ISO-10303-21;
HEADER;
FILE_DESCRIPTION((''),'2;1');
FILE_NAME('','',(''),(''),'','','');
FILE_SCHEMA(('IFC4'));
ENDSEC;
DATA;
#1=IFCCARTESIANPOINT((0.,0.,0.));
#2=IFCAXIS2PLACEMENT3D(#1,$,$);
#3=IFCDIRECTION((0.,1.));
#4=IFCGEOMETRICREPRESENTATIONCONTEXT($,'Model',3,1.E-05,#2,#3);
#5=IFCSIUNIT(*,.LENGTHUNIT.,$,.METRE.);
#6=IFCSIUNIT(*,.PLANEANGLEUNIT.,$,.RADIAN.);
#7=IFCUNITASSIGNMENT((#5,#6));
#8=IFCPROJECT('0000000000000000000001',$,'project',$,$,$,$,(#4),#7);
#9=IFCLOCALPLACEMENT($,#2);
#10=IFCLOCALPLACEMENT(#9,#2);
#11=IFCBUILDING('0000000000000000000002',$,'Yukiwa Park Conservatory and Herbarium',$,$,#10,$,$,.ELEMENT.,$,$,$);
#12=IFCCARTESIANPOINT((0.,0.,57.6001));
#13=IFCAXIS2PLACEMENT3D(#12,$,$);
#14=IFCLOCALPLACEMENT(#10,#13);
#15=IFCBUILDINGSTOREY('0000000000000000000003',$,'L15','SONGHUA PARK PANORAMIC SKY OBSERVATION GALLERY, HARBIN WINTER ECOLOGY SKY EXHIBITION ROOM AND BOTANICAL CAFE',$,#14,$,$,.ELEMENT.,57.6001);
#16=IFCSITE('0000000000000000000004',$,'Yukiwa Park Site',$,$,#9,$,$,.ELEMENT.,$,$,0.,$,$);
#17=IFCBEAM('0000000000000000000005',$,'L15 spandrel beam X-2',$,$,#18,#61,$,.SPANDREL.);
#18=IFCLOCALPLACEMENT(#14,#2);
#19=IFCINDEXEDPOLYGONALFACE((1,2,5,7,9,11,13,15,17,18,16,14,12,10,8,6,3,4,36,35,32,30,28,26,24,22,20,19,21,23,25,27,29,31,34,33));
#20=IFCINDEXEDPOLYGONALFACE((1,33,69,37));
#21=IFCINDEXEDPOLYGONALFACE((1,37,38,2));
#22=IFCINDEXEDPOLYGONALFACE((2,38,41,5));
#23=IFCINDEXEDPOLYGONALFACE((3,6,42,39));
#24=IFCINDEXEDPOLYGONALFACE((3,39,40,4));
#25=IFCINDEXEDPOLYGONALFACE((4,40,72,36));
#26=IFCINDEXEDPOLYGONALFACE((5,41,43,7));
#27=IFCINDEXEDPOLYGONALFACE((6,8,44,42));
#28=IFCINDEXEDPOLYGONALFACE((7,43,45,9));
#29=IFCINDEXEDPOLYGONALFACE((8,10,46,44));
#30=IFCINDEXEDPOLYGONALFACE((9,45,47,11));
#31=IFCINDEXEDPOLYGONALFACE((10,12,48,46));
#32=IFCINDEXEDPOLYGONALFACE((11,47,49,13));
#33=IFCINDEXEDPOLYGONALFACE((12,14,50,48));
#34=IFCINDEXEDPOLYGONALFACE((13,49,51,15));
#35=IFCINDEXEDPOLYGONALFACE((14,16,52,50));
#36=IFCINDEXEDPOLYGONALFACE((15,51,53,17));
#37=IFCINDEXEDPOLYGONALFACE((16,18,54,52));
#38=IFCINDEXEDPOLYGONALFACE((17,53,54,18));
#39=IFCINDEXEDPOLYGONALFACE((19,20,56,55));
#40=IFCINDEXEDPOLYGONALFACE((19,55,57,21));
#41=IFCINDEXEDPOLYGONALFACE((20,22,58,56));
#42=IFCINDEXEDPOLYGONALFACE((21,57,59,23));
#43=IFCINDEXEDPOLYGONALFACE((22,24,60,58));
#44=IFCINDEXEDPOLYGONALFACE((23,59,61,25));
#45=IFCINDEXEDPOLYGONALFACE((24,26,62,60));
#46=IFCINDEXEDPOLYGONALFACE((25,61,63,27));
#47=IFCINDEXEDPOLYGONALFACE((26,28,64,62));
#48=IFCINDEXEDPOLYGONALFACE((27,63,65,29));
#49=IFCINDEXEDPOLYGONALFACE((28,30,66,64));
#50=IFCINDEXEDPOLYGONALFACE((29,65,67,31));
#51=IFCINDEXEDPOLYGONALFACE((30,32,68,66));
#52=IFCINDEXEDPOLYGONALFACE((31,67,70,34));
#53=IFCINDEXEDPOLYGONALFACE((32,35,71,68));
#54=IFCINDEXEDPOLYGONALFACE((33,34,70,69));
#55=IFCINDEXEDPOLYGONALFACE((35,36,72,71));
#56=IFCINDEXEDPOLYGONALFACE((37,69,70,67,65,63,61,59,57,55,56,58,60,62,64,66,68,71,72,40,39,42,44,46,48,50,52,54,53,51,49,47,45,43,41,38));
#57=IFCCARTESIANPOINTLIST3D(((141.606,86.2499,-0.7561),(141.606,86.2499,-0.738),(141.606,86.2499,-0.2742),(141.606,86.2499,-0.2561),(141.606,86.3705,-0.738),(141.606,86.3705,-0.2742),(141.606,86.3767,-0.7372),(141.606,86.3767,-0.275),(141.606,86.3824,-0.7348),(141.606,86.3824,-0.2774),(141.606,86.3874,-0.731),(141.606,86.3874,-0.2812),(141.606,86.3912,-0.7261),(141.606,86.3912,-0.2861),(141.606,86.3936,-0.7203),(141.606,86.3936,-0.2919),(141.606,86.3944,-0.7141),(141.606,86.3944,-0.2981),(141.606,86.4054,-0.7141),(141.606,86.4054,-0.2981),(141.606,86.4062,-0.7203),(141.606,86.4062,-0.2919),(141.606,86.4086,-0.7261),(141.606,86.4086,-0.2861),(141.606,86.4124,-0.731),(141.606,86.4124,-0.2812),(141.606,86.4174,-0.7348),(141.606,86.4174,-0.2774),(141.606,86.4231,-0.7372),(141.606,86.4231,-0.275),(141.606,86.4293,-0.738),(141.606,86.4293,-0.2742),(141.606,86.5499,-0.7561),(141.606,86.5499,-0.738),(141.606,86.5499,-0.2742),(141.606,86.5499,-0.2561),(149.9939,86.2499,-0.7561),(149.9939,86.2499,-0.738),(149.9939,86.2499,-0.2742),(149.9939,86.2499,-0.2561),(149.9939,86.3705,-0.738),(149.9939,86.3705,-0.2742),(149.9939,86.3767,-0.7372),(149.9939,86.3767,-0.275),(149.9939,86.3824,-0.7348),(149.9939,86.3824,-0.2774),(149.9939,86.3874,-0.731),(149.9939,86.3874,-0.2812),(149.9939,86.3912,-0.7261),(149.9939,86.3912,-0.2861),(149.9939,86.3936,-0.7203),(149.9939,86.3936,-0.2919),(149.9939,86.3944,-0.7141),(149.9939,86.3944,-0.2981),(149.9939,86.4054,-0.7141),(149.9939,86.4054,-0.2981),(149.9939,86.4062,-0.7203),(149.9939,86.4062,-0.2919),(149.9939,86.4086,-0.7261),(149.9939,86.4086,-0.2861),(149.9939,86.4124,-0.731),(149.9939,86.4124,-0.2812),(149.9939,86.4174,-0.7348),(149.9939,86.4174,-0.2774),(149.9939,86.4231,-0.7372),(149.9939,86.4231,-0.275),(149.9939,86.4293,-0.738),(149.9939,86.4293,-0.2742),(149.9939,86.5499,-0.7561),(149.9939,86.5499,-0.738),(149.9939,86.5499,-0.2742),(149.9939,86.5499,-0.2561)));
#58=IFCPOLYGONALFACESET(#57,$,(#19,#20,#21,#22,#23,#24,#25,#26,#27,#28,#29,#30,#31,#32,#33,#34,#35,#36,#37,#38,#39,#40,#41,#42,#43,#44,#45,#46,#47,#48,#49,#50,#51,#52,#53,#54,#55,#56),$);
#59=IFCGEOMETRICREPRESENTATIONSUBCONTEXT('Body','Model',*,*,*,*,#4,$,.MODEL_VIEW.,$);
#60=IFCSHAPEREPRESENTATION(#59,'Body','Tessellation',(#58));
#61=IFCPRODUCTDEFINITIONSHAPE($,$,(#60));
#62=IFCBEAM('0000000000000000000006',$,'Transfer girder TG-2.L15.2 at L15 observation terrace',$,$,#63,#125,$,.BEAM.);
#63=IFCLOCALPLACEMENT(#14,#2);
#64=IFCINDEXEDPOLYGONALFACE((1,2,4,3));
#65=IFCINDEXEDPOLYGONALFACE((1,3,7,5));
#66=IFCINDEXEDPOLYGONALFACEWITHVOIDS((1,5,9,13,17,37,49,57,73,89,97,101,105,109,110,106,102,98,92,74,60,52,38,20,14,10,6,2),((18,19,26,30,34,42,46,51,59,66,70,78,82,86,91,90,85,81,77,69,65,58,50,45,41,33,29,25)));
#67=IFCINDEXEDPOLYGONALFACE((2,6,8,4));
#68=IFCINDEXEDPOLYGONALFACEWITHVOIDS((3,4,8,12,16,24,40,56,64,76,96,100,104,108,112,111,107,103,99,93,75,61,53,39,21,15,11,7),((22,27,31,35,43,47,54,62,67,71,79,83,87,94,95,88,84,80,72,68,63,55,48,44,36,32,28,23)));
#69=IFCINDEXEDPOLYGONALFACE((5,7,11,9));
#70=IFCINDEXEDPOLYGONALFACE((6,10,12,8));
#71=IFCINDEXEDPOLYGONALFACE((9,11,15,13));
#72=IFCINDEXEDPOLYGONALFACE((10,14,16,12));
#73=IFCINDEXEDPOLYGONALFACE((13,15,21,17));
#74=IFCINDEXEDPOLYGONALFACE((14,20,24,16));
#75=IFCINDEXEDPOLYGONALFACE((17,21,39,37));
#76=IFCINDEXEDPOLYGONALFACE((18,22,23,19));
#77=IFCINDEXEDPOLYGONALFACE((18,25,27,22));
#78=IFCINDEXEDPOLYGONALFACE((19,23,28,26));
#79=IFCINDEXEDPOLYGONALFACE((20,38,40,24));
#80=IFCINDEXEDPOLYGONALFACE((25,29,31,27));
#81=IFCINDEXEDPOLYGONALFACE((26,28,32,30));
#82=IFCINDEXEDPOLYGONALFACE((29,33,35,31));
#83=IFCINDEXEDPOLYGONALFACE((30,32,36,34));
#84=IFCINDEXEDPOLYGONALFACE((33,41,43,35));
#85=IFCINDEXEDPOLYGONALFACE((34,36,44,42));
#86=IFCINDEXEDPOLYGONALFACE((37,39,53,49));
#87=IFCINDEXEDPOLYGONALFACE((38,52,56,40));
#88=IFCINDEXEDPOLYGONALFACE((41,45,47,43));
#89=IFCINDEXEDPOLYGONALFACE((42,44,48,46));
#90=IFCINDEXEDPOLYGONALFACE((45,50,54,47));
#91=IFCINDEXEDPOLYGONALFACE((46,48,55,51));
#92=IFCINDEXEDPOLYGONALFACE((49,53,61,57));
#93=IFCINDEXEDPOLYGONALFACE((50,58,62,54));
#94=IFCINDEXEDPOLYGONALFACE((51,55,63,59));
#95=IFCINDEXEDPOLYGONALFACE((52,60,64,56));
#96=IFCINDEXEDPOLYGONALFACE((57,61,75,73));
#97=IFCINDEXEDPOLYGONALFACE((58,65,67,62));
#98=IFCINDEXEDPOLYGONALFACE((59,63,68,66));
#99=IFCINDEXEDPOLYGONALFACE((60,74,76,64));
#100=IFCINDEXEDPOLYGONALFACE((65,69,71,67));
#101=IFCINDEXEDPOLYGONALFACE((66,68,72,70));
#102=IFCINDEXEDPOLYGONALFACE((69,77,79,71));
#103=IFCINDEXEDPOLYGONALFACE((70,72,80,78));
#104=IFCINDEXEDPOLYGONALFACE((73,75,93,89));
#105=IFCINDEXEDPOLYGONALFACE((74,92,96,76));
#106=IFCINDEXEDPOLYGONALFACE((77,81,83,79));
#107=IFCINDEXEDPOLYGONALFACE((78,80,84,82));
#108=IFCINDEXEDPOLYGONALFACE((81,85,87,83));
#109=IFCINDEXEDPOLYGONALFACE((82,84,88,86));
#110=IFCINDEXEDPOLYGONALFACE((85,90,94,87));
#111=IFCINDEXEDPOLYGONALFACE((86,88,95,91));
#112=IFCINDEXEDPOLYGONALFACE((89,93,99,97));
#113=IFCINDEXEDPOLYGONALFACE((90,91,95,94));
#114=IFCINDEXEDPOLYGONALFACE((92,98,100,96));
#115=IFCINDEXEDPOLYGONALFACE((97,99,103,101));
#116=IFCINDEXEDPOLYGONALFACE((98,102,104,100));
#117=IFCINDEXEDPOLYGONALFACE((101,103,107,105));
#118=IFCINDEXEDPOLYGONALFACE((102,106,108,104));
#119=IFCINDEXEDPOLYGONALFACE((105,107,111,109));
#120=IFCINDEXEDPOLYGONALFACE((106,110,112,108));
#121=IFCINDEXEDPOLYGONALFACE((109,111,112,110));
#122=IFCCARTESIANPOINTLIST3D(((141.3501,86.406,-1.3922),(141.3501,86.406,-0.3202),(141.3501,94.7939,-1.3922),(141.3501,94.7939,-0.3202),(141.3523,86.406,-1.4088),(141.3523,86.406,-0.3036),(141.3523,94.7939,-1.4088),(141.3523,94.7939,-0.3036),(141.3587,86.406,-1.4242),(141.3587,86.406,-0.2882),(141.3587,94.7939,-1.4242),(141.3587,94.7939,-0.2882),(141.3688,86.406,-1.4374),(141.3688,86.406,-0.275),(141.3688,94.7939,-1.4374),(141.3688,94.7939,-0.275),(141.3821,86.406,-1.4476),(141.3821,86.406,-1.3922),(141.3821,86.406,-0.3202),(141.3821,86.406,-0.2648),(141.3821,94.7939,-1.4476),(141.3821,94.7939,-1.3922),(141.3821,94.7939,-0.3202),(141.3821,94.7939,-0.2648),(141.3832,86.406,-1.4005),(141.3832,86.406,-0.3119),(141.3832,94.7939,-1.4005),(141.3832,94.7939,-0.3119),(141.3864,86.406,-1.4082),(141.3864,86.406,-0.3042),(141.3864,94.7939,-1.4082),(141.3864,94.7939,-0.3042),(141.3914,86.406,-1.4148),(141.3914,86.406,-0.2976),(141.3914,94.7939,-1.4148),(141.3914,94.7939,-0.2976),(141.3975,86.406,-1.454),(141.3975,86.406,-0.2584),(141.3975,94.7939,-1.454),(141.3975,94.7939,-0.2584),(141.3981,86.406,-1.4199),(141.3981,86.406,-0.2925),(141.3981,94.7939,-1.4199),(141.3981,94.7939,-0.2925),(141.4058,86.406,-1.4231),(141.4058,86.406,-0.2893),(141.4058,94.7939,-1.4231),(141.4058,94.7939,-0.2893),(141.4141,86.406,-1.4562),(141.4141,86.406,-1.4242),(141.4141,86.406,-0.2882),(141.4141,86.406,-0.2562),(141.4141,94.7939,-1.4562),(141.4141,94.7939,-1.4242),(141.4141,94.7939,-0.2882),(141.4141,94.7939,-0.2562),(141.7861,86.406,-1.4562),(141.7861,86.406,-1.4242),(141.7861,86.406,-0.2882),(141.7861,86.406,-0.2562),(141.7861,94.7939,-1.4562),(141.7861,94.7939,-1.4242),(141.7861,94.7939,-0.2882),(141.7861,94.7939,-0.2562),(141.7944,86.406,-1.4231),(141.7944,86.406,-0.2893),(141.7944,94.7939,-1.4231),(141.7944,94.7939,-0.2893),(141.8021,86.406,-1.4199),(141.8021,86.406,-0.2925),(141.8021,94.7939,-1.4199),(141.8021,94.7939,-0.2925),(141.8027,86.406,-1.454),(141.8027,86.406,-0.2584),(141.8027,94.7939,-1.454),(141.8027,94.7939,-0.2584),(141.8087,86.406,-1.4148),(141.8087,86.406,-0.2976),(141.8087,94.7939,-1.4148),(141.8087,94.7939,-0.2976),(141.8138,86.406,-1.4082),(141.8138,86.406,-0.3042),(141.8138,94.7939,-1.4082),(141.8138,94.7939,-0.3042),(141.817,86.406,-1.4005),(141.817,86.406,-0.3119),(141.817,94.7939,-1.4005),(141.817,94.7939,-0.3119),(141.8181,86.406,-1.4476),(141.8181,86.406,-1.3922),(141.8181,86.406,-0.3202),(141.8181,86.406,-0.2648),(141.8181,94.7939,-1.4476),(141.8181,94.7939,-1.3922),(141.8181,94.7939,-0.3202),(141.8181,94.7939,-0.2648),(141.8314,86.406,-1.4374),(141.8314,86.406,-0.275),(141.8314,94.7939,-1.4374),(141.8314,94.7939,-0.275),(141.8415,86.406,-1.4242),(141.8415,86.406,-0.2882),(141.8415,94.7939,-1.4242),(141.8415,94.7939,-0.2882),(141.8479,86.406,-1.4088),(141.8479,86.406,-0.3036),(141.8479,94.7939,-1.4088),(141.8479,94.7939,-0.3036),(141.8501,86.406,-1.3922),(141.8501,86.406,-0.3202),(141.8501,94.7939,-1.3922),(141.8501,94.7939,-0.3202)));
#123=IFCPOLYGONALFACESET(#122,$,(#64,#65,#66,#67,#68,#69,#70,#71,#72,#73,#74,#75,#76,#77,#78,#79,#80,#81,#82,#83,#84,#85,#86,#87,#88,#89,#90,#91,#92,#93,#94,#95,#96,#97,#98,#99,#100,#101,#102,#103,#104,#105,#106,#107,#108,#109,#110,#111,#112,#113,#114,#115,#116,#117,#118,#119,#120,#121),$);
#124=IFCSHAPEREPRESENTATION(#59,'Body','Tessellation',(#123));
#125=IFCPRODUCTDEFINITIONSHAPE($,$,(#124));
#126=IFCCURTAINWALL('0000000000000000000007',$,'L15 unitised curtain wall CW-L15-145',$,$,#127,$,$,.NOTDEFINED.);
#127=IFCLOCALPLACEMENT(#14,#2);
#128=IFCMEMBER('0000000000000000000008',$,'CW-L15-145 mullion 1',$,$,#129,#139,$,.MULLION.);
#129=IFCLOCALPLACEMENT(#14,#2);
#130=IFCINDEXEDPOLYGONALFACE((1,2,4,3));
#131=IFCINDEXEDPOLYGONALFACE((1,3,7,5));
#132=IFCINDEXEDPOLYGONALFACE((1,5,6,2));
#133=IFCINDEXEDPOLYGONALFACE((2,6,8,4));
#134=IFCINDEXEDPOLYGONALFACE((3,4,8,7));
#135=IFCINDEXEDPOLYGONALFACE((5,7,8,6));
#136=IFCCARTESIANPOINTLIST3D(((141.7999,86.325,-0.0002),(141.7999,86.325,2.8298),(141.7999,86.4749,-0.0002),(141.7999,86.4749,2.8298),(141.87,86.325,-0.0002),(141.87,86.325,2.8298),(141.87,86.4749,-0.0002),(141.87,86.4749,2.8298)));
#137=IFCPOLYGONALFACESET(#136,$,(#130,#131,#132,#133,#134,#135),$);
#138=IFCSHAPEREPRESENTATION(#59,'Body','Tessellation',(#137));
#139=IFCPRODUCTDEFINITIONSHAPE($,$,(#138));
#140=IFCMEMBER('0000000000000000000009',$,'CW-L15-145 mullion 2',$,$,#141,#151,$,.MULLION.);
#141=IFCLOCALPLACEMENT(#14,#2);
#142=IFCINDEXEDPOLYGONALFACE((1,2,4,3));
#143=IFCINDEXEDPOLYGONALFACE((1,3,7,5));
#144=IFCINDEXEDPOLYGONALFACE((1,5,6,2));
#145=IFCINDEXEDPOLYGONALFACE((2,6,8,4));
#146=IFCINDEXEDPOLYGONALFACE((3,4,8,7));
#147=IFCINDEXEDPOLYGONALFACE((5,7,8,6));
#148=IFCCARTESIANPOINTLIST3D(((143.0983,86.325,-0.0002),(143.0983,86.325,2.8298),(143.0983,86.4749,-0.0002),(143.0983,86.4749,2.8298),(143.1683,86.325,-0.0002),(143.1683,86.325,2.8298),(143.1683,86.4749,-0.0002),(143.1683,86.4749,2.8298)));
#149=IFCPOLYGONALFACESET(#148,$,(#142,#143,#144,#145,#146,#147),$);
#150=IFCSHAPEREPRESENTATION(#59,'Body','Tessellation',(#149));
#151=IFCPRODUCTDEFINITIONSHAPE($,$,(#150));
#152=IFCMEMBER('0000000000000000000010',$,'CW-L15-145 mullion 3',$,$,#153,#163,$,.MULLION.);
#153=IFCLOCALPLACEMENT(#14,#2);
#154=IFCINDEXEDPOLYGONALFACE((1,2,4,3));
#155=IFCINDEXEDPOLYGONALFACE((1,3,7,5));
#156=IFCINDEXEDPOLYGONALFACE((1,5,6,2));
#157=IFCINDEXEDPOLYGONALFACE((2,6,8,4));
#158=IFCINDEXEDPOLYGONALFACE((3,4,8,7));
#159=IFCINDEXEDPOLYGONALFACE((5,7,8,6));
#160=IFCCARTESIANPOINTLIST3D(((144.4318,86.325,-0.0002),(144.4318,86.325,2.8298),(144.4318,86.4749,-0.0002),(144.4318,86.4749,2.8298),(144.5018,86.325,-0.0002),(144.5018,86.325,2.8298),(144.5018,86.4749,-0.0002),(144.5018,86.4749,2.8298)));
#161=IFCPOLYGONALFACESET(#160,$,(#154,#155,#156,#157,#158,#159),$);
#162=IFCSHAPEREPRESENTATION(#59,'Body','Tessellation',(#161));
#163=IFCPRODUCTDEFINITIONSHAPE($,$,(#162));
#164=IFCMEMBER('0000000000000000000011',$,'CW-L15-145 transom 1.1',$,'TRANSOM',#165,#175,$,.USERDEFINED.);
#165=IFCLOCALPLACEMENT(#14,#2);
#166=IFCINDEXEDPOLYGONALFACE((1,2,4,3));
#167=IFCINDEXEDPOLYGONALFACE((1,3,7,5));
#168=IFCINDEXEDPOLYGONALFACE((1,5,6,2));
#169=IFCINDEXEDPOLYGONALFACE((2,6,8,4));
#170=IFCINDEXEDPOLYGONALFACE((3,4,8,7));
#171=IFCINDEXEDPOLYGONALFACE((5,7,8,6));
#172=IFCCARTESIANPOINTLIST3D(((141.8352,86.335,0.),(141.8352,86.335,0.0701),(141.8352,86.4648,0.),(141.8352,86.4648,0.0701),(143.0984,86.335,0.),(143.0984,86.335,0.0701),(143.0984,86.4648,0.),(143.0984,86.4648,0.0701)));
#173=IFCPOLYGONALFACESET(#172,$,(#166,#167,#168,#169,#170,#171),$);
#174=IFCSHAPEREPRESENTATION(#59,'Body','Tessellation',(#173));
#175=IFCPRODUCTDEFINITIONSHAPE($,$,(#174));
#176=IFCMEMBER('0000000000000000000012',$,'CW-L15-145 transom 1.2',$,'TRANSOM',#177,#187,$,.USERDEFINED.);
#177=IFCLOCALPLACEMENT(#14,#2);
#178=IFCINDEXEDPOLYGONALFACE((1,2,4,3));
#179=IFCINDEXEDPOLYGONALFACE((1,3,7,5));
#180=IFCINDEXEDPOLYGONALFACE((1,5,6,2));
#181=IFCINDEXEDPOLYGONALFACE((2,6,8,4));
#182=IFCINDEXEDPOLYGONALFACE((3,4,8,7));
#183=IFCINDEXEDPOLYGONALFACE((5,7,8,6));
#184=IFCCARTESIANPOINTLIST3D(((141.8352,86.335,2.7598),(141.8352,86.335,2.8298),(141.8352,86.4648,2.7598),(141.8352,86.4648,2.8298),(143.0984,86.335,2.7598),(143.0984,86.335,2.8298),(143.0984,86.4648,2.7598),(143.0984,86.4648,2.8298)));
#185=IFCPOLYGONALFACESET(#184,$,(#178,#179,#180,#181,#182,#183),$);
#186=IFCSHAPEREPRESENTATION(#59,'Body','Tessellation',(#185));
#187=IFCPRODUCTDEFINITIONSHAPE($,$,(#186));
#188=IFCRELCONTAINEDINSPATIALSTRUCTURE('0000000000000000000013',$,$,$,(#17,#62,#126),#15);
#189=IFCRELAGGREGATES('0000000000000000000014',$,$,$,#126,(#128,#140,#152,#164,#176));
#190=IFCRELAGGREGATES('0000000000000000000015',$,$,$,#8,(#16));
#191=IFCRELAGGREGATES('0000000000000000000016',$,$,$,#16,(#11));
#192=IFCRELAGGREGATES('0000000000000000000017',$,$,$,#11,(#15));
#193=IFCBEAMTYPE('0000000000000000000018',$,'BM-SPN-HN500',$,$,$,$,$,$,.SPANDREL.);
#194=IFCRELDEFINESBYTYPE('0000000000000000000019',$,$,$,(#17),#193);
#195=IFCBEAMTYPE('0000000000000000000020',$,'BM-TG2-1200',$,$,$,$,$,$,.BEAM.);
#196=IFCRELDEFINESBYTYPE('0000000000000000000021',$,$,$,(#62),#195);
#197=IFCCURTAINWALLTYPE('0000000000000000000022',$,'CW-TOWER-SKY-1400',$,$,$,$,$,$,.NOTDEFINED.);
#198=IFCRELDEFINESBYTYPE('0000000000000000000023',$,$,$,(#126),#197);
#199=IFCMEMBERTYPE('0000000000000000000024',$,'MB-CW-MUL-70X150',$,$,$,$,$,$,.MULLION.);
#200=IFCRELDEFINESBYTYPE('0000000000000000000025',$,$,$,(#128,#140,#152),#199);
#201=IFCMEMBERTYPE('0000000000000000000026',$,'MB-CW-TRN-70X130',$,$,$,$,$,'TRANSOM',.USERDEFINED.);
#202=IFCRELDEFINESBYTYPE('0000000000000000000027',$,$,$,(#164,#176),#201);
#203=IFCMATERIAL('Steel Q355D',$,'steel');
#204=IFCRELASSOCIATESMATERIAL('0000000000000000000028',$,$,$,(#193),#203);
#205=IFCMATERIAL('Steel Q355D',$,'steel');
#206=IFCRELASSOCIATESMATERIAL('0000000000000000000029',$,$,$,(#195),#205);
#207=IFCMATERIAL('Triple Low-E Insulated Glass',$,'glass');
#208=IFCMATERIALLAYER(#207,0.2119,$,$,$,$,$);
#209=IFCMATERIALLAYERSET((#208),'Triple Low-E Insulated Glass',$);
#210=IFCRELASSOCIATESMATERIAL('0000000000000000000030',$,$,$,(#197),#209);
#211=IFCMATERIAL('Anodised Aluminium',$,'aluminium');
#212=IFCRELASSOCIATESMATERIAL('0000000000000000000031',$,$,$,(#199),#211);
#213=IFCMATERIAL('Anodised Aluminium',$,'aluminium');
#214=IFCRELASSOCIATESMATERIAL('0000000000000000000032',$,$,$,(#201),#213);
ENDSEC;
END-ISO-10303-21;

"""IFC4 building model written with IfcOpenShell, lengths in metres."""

from ifc_helpers import new_model, si_unit, direction, frame, origin, origin_2d, place, context, subcontext, project, spatial, rectangle, hollow_rectangle, i_section, extrude, material, layer, layer_set, material_profile, profile_set, type_object, element, aggregate, save


model = new_model("IFC4")

# Units and contexts
model_context = context("Model", 3, precision=1e-05, world=origin(), true_north=direction((0.0, 1.0)))
body_context = subcontext(model_context, "Body", "Model", "MODEL_VIEW")
ifc_project = project(units=[si_unit("LENGTHUNIT", "METRE"), si_unit("PLANEANGLEUNIT", "RADIAN")], contexts=[model_context])

# Site, building, storey
site_placement = place(None, origin())
site = spatial("IfcSite", under=ifc_project, at=site_placement, Name="Yukiwa Park Site", CompositionType="ELEMENT", RefElevation=0.0)
building_placement = place(site_placement, origin())
building = spatial("IfcBuilding", under=site, at=building_placement, Name="Yukiwa Park Conservatory and Herbarium", CompositionType="ELEMENT")
storey_placement = place(building_placement, frame((0.0, 0.0, 57.6001)))
storey = spatial("IfcBuildingStorey", under=building, at=storey_placement, Name="L15", Description="SONGHUA PARK PANORAMIC SKY OBSERVATION GALLERY, HARBIN WINTER ECOLOGY SKY EXHIBITION ROOM AND BOTANICAL CAFE", CompositionType="ELEMENT", Elevation=57.6001)

# Beams
ifc_material_1 = material(Name="Steel Q355D", Category="steel")
ifc_material_profile_1 = material_profile(ifc_material_1, i_section(OverallWidth=0.3, OverallDepth=0.5, WebThickness=0.011, FlangeThickness=0.0181, FilletRadius=0.0239, at=origin_2d()), Name="HM 500x300x11x18")
ifc_profile_set_1 = profile_set([ifc_material_profile_1], Name="Steel Q355D")
beam_type_1 = type_object("IfcBeamType", Name="BM-SPN-HN500", PredefinedType="SPANDREL", material=ifc_profile_set_1)
beam_1_placement = place(storey_placement, frame((141.606, 86.3999, -0.5061), z_axis=(1.0, 0.0, 0.0), x_axis=(0.0, 1.0, 0.0)))
element("IfcBeam", 1, at=beam_1_placement, inside=storey, type_object=beam_type_1, Name="L15 spandrel beam X-2", PredefinedType="SPANDREL", context=body_context, shape_type="SweptSolid", body=[
    extrude(i_section(OverallWidth=0.3, OverallDepth=0.5, WebThickness=0.011, FlangeThickness=0.0181, FilletRadius=0.0239, at=origin_2d()), origin(), (0.0, 0.0, 1.0), 8.3879),
])
ifc_material_2 = material(Name="Steel Q355D", Category="steel")
ifc_material_profile_2 = material_profile(ifc_material_2, hollow_rectangle(XDim=0.5, YDim=1.2, WallThickness=0.032, InnerFilletRadius=0.032, OuterFilletRadius=0.064, at=origin_2d()), Name="BOX 1200x500x32")
ifc_profile_set_2 = profile_set([ifc_material_profile_2], Name="Steel Q355D")
beam_type_2 = type_object("IfcBeamType", Name="BM-TG2-1200", PredefinedType="BEAM", material=ifc_profile_set_2)
beam_2_placement = place(storey_placement, frame((141.6001, 86.406, -0.8562), z_axis=(0.0, 1.0, 0.0), x_axis=(-1.0, 0.0, 0.0)))
element("IfcBeam", 2, at=beam_2_placement, inside=storey, type_object=beam_type_2, Name="Transfer girder TG-2.L15.2 at L15 observation terrace", PredefinedType="BEAM", context=body_context, shape_type="SweptSolid", body=[
    extrude(hollow_rectangle(XDim=0.5, YDim=1.2, WallThickness=0.032, InnerFilletRadius=0.032, OuterFilletRadius=0.064, at=origin_2d()), origin(), (0.0, 0.0, 1.0), 8.3879),
])

# Curtain wall, members
ifc_material_3 = material(Name="Triple Low-E Insulated Glass", Category="glass")
ifc_layer_1 = layer(ifc_material_3, 0.2119)
ifc_layer_set_1 = layer_set([ifc_layer_1], Name="Triple Low-E Insulated Glass")
curtain_wall_type = type_object("IfcCurtainWallType", Name="CW-TOWER-SKY-1400", PredefinedType="NOTDEFINED", material=ifc_layer_set_1)
curtain_wall_placement = place(storey_placement, origin())
curtain_wall = element("IfcCurtainWall", 3, at=curtain_wall_placement, inside=storey, type_object=curtain_wall_type, Name="L15 unitised curtain wall CW-L15-145", PredefinedType="NOTDEFINED")
ifc_material_4 = material(Name="Anodised Aluminium", Category="aluminium")
member_type_1 = type_object("IfcMemberType", Name="MB-CW-MUL-70X150", PredefinedType="MULLION", material=ifc_material_4)
member_1_placement = place(storey_placement, frame((141.835, 86.3999, -0.0002), z_axis=(0.0, 0.0, 1.0), x_axis=(1.0, 0.0, 0.0)))
member_1 = element("IfcMember", 4, at=member_1_placement, type_object=member_type_1, Name="CW-L15-145 mullion 1", PredefinedType="MULLION", context=body_context, shape_type="SweptSolid", body=[
    extrude(rectangle(XDim=0.0701, YDim=0.1499, at=origin_2d()), origin(), (0.0, 0.0, 1.0), 2.8301),
])
member_2_placement = place(storey_placement, frame((143.1333, 86.3999, -0.0002), z_axis=(0.0, 0.0, 1.0), x_axis=(1.0, 0.0, 0.0)))
member_2 = element("IfcMember", 5, at=member_2_placement, type_object=member_type_1, Name="CW-L15-145 mullion 2", PredefinedType="MULLION", context=body_context, shape_type="SweptSolid", body=[
    extrude(rectangle(XDim=0.0701, YDim=0.1499, at=origin_2d()), origin(), (0.0, 0.0, 1.0), 2.8301),
])
member_3_placement = place(storey_placement, frame((144.4668, 86.3999, -0.0002), z_axis=(0.0, 0.0, 1.0), x_axis=(1.0, 0.0, 0.0)))
member_3 = element("IfcMember", 6, at=member_3_placement, type_object=member_type_1, Name="CW-L15-145 mullion 3", PredefinedType="MULLION", context=body_context, shape_type="SweptSolid", body=[
    extrude(rectangle(XDim=0.0701, YDim=0.1499, at=origin_2d()), origin(), (0.0, 0.0, 1.0), 2.8301),
])
ifc_material_5 = material(Name="Anodised Aluminium", Category="aluminium")
member_type_2 = type_object("IfcMemberType", Name="MB-CW-TRN-70X130", ElementType="TRANSOM", PredefinedType="USERDEFINED", material=ifc_material_5)
member_4_placement = place(storey_placement, frame((142.4668, 86.3999, 0.0), z_axis=(0.0, 0.0, 1.0), x_axis=(1.0, 0.0, 0.0)))
member_4 = element("IfcMember", 7, at=member_4_placement, type_object=member_type_2, Name="CW-L15-145 transom 1.1", ObjectType="TRANSOM", PredefinedType="USERDEFINED", context=body_context, shape_type="SweptSolid", body=[
    extrude(rectangle(XDim=1.2632, YDim=0.1299, at=origin_2d()), origin(), (0.0, 0.0, 1.0), 0.0701),
])
member_5_placement = place(storey_placement, frame((142.4668, 86.3999, 2.7598), z_axis=(0.0, 0.0, 1.0), x_axis=(1.0, 0.0, 0.0)))
member_5 = element("IfcMember", 8, at=member_5_placement, type_object=member_type_2, Name="CW-L15-145 transom 1.2", ObjectType="TRANSOM", PredefinedType="USERDEFINED", context=body_context, shape_type="SweptSolid", body=[
    extrude(rectangle(XDim=1.2632, YDim=0.1299, at=origin_2d()), origin(), (0.0, 0.0, 1.0), 0.0701),
])
aggregate(curtain_wall, [member_1, member_2, member_3, member_4, member_5])

save(model, "model.ifc")
